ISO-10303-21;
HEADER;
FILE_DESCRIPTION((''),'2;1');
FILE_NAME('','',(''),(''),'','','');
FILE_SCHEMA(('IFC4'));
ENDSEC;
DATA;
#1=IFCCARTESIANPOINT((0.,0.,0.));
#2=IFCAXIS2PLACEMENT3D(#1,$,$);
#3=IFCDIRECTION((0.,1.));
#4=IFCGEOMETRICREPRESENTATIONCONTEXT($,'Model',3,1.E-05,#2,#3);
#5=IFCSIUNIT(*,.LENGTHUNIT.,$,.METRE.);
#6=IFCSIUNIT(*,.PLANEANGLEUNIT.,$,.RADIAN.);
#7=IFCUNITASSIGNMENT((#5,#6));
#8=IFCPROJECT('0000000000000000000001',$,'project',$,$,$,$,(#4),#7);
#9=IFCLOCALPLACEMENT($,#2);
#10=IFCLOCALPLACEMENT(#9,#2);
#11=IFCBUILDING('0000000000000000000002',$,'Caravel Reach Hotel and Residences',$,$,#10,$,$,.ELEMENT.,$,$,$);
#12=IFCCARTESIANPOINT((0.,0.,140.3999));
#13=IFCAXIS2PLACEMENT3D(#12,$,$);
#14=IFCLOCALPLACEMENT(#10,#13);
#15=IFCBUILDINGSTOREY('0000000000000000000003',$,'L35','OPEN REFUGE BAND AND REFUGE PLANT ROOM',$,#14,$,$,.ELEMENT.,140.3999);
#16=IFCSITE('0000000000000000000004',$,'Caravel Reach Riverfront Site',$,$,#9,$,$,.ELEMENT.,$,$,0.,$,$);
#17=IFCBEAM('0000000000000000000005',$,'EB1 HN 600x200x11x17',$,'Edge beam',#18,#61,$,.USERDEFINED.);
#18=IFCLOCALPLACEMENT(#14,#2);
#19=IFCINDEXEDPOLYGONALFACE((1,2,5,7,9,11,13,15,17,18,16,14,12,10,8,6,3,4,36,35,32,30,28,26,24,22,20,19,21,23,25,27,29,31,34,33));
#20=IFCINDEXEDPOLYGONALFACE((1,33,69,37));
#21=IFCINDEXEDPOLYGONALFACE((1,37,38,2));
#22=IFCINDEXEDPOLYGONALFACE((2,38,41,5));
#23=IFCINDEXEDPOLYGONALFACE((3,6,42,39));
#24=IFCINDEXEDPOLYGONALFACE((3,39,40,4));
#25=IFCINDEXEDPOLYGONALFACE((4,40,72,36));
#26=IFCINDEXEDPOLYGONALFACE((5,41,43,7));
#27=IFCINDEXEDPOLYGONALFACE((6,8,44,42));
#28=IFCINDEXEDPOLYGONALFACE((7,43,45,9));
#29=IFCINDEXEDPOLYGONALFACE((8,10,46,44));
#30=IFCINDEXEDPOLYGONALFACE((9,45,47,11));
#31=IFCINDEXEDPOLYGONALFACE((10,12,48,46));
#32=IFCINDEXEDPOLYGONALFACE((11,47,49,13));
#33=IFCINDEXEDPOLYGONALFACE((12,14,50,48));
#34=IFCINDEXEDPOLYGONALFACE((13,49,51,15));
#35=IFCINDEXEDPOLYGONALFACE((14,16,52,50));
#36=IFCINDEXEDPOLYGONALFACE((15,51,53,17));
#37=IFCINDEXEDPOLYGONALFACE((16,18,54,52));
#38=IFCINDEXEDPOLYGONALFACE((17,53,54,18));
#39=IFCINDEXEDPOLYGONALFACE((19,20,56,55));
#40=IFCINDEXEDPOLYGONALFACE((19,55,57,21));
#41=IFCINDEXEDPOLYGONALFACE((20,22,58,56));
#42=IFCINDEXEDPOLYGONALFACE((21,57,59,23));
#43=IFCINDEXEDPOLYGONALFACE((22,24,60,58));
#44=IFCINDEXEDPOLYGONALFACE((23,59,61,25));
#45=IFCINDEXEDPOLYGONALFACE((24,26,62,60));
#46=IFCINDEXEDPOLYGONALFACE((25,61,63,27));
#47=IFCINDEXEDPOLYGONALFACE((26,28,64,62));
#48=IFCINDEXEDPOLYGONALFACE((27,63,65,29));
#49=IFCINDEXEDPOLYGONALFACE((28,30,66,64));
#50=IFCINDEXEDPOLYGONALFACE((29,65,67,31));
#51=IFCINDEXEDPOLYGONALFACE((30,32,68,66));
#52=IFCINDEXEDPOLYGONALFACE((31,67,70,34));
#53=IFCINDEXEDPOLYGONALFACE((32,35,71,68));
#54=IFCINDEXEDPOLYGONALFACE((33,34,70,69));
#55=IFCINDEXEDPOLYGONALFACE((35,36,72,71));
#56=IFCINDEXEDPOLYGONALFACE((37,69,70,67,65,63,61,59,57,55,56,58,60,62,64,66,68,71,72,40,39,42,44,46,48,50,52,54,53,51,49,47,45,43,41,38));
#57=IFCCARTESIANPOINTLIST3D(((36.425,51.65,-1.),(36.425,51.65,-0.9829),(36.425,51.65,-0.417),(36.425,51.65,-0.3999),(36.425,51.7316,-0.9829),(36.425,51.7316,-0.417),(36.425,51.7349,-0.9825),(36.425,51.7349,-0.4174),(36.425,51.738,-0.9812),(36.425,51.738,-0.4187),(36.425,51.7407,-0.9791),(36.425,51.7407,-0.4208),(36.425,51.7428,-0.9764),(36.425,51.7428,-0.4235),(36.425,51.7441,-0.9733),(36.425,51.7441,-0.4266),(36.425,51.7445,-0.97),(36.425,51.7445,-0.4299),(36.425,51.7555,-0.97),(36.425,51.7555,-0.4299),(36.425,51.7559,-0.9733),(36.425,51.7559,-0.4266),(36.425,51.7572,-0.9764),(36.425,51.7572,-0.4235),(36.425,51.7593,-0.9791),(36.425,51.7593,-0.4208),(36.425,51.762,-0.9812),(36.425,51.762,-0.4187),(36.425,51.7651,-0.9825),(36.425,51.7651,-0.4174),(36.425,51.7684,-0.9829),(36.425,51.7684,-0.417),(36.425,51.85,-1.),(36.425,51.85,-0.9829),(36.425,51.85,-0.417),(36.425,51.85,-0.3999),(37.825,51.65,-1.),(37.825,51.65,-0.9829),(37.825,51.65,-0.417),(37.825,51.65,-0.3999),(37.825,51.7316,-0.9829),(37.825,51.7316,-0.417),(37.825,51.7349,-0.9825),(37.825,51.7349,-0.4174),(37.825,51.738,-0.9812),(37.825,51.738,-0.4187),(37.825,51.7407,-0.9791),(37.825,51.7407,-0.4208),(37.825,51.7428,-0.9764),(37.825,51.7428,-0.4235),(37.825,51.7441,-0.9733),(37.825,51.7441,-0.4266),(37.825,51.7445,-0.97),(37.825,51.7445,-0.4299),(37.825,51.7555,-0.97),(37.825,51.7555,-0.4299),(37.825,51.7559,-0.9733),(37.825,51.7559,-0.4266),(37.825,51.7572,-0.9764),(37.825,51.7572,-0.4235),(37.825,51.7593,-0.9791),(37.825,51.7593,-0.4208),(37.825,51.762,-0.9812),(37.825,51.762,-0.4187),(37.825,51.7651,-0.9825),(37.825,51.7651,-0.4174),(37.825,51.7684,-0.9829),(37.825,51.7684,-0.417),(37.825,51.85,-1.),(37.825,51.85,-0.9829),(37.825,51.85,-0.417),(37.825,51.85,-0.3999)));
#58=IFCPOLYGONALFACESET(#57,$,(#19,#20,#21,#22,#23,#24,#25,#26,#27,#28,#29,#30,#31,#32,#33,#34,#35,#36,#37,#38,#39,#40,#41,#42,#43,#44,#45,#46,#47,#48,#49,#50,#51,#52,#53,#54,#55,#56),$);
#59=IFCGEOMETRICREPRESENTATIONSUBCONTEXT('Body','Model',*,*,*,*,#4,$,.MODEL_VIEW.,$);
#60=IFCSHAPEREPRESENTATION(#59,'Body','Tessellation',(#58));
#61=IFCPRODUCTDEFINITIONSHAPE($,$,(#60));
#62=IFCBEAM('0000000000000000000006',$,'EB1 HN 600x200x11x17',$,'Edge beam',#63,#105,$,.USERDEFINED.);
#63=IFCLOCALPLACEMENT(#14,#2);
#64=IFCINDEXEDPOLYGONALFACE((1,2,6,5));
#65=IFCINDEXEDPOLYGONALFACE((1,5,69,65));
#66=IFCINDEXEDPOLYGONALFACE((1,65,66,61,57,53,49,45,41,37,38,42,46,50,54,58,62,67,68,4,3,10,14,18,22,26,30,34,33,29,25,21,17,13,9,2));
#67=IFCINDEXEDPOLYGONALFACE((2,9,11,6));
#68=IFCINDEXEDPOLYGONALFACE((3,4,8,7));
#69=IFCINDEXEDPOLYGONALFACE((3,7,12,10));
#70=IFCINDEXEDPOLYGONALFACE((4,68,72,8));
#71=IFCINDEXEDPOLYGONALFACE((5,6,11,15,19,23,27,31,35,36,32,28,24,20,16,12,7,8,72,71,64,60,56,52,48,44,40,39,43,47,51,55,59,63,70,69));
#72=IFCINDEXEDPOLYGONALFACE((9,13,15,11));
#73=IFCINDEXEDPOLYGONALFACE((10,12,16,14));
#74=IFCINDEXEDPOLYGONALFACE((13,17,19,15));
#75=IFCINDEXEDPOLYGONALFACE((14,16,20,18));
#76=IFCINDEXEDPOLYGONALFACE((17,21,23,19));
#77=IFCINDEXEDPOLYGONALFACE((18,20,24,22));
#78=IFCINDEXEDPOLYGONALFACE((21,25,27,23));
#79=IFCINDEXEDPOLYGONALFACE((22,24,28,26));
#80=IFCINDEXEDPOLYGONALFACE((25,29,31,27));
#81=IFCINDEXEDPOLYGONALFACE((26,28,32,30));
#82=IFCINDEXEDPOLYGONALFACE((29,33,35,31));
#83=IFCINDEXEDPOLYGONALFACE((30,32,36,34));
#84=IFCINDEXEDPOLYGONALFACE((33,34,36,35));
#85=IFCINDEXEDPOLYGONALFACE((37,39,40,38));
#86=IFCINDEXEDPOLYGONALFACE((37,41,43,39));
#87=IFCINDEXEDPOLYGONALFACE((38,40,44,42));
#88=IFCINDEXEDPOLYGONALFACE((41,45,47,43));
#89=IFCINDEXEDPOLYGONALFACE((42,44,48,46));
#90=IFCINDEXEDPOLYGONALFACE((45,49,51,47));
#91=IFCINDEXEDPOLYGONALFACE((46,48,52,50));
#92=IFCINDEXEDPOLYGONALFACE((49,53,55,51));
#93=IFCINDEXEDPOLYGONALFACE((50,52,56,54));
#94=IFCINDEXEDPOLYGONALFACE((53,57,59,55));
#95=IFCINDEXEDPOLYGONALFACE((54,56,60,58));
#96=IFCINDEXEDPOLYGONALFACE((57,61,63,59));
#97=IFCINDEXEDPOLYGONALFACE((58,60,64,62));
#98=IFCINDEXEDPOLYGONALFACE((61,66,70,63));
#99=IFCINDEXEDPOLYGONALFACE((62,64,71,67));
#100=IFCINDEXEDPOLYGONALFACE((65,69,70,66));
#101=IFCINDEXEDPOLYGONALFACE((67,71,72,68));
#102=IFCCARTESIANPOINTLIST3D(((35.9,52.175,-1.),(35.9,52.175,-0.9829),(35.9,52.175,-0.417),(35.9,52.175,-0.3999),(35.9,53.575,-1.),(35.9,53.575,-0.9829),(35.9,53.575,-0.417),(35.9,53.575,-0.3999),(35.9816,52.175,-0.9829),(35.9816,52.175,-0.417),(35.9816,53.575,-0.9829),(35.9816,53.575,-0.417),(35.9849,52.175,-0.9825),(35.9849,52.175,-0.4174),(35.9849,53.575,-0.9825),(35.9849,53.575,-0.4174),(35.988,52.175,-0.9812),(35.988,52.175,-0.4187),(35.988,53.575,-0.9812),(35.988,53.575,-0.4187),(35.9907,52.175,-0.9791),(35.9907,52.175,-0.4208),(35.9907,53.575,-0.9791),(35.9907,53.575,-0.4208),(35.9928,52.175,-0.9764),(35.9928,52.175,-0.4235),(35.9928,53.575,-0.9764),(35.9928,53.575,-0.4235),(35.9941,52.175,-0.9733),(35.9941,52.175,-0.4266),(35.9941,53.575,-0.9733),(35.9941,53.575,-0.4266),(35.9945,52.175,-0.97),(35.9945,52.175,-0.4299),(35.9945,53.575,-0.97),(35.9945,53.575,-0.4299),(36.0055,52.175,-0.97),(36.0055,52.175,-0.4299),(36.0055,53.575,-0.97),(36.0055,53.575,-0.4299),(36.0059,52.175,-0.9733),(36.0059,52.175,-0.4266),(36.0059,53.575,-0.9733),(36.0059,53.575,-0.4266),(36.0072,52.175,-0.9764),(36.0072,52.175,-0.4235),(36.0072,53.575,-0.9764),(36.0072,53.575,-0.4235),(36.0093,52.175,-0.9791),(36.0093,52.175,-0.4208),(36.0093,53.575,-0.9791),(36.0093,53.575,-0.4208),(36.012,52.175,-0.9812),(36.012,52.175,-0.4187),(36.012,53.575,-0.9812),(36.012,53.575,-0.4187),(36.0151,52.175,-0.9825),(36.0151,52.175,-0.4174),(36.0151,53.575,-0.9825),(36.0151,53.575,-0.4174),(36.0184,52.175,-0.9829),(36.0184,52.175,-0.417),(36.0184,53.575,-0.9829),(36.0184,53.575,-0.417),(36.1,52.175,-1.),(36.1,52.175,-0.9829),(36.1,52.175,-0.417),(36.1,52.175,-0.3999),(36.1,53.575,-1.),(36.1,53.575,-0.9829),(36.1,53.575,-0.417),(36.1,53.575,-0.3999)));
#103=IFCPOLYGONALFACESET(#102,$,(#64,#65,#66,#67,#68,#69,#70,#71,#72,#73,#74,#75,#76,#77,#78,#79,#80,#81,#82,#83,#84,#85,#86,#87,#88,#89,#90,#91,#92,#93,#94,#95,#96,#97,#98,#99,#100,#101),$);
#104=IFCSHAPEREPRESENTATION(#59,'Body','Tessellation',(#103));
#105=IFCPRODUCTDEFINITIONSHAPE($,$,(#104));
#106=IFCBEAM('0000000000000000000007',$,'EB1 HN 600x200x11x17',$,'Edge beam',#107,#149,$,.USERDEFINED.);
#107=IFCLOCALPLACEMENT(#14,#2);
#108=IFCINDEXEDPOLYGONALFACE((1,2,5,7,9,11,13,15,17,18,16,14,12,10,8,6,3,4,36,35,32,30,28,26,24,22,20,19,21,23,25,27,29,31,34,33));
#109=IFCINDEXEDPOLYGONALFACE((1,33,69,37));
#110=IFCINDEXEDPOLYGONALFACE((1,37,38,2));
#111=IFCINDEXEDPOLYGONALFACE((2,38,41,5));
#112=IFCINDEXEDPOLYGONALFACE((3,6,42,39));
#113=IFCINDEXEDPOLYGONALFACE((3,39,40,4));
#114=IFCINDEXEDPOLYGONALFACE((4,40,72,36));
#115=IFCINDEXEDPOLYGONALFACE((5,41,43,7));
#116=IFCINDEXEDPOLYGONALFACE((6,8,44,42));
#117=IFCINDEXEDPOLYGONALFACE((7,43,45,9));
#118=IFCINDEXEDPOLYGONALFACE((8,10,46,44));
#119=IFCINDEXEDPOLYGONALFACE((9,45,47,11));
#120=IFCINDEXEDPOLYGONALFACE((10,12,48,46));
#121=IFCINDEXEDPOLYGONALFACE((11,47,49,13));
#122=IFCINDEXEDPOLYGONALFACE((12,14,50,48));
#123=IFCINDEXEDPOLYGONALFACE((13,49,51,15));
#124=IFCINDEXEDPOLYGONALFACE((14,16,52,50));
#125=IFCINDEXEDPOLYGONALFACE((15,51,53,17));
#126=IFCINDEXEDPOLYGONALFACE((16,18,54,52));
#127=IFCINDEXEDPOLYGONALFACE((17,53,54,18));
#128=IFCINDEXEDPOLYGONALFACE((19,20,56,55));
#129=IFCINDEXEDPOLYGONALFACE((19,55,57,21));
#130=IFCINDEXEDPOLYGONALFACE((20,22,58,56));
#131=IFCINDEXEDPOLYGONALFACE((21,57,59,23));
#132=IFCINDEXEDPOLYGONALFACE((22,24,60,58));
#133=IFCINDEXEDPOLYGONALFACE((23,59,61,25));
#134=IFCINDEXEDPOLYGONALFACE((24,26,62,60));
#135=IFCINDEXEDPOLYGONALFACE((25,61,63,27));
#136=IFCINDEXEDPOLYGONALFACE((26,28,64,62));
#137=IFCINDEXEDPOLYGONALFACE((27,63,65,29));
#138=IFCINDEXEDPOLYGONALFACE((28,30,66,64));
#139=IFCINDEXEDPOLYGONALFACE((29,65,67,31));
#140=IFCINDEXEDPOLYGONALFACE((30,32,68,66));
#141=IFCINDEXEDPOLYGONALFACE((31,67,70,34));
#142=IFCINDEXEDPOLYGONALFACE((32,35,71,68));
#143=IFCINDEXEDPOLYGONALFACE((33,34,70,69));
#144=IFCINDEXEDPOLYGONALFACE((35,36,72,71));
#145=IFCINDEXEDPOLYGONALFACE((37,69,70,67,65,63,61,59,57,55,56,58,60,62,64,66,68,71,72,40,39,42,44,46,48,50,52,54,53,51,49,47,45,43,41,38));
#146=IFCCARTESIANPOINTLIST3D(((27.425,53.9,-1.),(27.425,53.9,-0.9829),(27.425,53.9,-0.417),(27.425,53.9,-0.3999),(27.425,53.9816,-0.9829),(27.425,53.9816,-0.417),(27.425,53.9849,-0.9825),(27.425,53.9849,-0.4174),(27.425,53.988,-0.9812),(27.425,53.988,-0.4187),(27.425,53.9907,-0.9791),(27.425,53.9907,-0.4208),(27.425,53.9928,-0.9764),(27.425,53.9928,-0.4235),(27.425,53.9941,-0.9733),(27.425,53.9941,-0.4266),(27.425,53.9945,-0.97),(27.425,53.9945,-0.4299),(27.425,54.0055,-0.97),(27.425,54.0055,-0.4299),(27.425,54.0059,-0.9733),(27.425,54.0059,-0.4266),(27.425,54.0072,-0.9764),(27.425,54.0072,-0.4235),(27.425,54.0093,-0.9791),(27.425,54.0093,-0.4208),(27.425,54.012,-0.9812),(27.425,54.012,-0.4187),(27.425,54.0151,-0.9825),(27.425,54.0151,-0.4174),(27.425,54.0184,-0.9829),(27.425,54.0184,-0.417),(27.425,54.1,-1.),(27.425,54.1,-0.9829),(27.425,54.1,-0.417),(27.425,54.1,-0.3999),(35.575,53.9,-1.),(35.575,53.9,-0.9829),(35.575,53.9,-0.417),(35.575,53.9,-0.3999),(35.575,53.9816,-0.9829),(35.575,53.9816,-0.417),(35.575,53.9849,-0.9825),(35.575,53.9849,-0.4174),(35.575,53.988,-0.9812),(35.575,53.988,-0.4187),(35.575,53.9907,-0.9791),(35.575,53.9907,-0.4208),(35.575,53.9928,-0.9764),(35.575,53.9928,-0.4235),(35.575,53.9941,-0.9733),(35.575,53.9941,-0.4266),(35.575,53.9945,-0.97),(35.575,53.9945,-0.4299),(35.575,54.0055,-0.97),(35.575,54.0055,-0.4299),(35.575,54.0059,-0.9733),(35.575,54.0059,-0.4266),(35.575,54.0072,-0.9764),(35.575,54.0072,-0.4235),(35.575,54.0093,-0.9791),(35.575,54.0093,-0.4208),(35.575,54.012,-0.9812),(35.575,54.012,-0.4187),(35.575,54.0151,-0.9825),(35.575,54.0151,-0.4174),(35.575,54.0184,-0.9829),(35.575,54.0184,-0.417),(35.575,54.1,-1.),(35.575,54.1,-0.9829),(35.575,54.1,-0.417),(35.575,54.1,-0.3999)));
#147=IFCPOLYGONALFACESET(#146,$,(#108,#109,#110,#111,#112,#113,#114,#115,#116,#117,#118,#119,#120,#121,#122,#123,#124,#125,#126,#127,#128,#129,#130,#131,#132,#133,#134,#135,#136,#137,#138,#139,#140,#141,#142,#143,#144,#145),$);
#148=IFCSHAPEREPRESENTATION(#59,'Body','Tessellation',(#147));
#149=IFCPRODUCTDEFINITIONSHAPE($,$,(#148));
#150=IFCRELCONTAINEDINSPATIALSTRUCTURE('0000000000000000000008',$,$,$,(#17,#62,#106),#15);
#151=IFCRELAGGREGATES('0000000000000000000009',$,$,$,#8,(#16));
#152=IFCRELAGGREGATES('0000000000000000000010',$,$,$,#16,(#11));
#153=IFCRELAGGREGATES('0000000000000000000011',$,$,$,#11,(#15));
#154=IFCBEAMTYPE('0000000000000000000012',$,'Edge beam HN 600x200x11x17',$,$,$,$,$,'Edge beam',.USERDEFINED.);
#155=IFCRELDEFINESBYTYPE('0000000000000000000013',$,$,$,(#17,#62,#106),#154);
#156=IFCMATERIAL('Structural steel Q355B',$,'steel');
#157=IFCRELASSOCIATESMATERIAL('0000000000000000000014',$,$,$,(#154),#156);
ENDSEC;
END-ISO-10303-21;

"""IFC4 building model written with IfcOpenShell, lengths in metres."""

from ifc_helpers import new_model, si_unit, direction, frame, origin, origin_2d, place, context, subcontext, project, spatial, i_section, extrude, material, material_profile, profile_set, type_object, element, save


model = new_model("IFC4")

# Units and contexts
model_context = context("Model", 3, precision=1e-05, world=origin(), true_north=direction((0.0, 1.0)))
body_context = subcontext(model_context, "Body", "Model", "MODEL_VIEW")
ifc_project = project(units=[si_unit("LENGTHUNIT", "METRE"), si_unit("PLANEANGLEUNIT", "RADIAN")], contexts=[model_context])

# Site, building, storey
site_placement = place(None, origin())
site = spatial("IfcSite", under=ifc_project, at=site_placement, Name="Caravel Reach Riverfront Site", CompositionType="ELEMENT", RefElevation=0.0)
building_placement = place(site_placement, origin())
building = spatial("IfcBuilding", under=site, at=building_placement, Name="Caravel Reach Hotel and Residences", CompositionType="ELEMENT")
storey_placement = place(building_placement, frame((0.0, 0.0, 140.3999)))
storey = spatial("IfcBuildingStorey", under=building, at=storey_placement, Name="L35", Description="OPEN REFUGE BAND AND REFUGE PLANT ROOM", CompositionType="ELEMENT", Elevation=140.3999)

# Beams
ifc_material_1 = material(Name="Structural steel Q355B", Category="steel")
ifc_material_profile_1 = material_profile(ifc_material_1, i_section(OverallWidth=0.2, OverallDepth=0.6001, WebThickness=0.011, FlangeThickness=0.0171, FilletRadius=0.0129, at=origin_2d()), Name="HN 600x200x11x17")
ifc_profile_set_1 = profile_set([ifc_material_profile_1], Name="Structural steel Q355B")
beam_type_1 = type_object("IfcBeamType", Name="Edge beam HN 600x200x11x17", ElementType="Edge beam", PredefinedType="USERDEFINED", material=ifc_profile_set_1)
for number, where, z_axis, x_axis, name in (
    (1, (37.825, 51.75, -0.7), (-1.0, 0.0, 0.0), (0.0, -1.0, 0.0), "EB1 HN 600x200x11x17"),
    (2, (36.0, 52.175, -0.7), (0.0, 1.0, 0.0), (-1.0, 0.0, 0.0), "EB1 HN 600x200x11x17"),
):
    element("IfcBeam", number, at=place(storey_placement, frame(where, z_axis=z_axis, x_axis=x_axis)), inside=storey, type_object=beam_type_1, Name=name, ObjectType="Edge beam", PredefinedType="USERDEFINED", context=body_context, shape_type="SweptSolid", body=[
        extrude(i_section(OverallWidth=0.2, OverallDepth=0.6001, WebThickness=0.011, FlangeThickness=0.0171, FilletRadius=0.0129, at=origin_2d()), origin(), (0.0, 0.0, 1.0), 1.3999),
    ])
beam_1_placement = place(storey_placement, frame((35.575, 54.0, -0.7), z_axis=(-1.0, 0.0, 0.0), x_axis=(0.0, -1.0, 0.0)))
element("IfcBeam", 3, at=beam_1_placement, inside=storey, type_object=beam_type_1, Name="EB1 HN 600x200x11x17", ObjectType="Edge beam", PredefinedType="USERDEFINED", context=body_context, shape_type="SweptSolid", body=[
    extrude(i_section(OverallWidth=0.2, OverallDepth=0.6001, WebThickness=0.011, FlangeThickness=0.0171, FilletRadius=0.0129, at=origin_2d()), origin(), (0.0, 0.0, 1.0), 8.1499),
])

save(model, "model.ifc")
